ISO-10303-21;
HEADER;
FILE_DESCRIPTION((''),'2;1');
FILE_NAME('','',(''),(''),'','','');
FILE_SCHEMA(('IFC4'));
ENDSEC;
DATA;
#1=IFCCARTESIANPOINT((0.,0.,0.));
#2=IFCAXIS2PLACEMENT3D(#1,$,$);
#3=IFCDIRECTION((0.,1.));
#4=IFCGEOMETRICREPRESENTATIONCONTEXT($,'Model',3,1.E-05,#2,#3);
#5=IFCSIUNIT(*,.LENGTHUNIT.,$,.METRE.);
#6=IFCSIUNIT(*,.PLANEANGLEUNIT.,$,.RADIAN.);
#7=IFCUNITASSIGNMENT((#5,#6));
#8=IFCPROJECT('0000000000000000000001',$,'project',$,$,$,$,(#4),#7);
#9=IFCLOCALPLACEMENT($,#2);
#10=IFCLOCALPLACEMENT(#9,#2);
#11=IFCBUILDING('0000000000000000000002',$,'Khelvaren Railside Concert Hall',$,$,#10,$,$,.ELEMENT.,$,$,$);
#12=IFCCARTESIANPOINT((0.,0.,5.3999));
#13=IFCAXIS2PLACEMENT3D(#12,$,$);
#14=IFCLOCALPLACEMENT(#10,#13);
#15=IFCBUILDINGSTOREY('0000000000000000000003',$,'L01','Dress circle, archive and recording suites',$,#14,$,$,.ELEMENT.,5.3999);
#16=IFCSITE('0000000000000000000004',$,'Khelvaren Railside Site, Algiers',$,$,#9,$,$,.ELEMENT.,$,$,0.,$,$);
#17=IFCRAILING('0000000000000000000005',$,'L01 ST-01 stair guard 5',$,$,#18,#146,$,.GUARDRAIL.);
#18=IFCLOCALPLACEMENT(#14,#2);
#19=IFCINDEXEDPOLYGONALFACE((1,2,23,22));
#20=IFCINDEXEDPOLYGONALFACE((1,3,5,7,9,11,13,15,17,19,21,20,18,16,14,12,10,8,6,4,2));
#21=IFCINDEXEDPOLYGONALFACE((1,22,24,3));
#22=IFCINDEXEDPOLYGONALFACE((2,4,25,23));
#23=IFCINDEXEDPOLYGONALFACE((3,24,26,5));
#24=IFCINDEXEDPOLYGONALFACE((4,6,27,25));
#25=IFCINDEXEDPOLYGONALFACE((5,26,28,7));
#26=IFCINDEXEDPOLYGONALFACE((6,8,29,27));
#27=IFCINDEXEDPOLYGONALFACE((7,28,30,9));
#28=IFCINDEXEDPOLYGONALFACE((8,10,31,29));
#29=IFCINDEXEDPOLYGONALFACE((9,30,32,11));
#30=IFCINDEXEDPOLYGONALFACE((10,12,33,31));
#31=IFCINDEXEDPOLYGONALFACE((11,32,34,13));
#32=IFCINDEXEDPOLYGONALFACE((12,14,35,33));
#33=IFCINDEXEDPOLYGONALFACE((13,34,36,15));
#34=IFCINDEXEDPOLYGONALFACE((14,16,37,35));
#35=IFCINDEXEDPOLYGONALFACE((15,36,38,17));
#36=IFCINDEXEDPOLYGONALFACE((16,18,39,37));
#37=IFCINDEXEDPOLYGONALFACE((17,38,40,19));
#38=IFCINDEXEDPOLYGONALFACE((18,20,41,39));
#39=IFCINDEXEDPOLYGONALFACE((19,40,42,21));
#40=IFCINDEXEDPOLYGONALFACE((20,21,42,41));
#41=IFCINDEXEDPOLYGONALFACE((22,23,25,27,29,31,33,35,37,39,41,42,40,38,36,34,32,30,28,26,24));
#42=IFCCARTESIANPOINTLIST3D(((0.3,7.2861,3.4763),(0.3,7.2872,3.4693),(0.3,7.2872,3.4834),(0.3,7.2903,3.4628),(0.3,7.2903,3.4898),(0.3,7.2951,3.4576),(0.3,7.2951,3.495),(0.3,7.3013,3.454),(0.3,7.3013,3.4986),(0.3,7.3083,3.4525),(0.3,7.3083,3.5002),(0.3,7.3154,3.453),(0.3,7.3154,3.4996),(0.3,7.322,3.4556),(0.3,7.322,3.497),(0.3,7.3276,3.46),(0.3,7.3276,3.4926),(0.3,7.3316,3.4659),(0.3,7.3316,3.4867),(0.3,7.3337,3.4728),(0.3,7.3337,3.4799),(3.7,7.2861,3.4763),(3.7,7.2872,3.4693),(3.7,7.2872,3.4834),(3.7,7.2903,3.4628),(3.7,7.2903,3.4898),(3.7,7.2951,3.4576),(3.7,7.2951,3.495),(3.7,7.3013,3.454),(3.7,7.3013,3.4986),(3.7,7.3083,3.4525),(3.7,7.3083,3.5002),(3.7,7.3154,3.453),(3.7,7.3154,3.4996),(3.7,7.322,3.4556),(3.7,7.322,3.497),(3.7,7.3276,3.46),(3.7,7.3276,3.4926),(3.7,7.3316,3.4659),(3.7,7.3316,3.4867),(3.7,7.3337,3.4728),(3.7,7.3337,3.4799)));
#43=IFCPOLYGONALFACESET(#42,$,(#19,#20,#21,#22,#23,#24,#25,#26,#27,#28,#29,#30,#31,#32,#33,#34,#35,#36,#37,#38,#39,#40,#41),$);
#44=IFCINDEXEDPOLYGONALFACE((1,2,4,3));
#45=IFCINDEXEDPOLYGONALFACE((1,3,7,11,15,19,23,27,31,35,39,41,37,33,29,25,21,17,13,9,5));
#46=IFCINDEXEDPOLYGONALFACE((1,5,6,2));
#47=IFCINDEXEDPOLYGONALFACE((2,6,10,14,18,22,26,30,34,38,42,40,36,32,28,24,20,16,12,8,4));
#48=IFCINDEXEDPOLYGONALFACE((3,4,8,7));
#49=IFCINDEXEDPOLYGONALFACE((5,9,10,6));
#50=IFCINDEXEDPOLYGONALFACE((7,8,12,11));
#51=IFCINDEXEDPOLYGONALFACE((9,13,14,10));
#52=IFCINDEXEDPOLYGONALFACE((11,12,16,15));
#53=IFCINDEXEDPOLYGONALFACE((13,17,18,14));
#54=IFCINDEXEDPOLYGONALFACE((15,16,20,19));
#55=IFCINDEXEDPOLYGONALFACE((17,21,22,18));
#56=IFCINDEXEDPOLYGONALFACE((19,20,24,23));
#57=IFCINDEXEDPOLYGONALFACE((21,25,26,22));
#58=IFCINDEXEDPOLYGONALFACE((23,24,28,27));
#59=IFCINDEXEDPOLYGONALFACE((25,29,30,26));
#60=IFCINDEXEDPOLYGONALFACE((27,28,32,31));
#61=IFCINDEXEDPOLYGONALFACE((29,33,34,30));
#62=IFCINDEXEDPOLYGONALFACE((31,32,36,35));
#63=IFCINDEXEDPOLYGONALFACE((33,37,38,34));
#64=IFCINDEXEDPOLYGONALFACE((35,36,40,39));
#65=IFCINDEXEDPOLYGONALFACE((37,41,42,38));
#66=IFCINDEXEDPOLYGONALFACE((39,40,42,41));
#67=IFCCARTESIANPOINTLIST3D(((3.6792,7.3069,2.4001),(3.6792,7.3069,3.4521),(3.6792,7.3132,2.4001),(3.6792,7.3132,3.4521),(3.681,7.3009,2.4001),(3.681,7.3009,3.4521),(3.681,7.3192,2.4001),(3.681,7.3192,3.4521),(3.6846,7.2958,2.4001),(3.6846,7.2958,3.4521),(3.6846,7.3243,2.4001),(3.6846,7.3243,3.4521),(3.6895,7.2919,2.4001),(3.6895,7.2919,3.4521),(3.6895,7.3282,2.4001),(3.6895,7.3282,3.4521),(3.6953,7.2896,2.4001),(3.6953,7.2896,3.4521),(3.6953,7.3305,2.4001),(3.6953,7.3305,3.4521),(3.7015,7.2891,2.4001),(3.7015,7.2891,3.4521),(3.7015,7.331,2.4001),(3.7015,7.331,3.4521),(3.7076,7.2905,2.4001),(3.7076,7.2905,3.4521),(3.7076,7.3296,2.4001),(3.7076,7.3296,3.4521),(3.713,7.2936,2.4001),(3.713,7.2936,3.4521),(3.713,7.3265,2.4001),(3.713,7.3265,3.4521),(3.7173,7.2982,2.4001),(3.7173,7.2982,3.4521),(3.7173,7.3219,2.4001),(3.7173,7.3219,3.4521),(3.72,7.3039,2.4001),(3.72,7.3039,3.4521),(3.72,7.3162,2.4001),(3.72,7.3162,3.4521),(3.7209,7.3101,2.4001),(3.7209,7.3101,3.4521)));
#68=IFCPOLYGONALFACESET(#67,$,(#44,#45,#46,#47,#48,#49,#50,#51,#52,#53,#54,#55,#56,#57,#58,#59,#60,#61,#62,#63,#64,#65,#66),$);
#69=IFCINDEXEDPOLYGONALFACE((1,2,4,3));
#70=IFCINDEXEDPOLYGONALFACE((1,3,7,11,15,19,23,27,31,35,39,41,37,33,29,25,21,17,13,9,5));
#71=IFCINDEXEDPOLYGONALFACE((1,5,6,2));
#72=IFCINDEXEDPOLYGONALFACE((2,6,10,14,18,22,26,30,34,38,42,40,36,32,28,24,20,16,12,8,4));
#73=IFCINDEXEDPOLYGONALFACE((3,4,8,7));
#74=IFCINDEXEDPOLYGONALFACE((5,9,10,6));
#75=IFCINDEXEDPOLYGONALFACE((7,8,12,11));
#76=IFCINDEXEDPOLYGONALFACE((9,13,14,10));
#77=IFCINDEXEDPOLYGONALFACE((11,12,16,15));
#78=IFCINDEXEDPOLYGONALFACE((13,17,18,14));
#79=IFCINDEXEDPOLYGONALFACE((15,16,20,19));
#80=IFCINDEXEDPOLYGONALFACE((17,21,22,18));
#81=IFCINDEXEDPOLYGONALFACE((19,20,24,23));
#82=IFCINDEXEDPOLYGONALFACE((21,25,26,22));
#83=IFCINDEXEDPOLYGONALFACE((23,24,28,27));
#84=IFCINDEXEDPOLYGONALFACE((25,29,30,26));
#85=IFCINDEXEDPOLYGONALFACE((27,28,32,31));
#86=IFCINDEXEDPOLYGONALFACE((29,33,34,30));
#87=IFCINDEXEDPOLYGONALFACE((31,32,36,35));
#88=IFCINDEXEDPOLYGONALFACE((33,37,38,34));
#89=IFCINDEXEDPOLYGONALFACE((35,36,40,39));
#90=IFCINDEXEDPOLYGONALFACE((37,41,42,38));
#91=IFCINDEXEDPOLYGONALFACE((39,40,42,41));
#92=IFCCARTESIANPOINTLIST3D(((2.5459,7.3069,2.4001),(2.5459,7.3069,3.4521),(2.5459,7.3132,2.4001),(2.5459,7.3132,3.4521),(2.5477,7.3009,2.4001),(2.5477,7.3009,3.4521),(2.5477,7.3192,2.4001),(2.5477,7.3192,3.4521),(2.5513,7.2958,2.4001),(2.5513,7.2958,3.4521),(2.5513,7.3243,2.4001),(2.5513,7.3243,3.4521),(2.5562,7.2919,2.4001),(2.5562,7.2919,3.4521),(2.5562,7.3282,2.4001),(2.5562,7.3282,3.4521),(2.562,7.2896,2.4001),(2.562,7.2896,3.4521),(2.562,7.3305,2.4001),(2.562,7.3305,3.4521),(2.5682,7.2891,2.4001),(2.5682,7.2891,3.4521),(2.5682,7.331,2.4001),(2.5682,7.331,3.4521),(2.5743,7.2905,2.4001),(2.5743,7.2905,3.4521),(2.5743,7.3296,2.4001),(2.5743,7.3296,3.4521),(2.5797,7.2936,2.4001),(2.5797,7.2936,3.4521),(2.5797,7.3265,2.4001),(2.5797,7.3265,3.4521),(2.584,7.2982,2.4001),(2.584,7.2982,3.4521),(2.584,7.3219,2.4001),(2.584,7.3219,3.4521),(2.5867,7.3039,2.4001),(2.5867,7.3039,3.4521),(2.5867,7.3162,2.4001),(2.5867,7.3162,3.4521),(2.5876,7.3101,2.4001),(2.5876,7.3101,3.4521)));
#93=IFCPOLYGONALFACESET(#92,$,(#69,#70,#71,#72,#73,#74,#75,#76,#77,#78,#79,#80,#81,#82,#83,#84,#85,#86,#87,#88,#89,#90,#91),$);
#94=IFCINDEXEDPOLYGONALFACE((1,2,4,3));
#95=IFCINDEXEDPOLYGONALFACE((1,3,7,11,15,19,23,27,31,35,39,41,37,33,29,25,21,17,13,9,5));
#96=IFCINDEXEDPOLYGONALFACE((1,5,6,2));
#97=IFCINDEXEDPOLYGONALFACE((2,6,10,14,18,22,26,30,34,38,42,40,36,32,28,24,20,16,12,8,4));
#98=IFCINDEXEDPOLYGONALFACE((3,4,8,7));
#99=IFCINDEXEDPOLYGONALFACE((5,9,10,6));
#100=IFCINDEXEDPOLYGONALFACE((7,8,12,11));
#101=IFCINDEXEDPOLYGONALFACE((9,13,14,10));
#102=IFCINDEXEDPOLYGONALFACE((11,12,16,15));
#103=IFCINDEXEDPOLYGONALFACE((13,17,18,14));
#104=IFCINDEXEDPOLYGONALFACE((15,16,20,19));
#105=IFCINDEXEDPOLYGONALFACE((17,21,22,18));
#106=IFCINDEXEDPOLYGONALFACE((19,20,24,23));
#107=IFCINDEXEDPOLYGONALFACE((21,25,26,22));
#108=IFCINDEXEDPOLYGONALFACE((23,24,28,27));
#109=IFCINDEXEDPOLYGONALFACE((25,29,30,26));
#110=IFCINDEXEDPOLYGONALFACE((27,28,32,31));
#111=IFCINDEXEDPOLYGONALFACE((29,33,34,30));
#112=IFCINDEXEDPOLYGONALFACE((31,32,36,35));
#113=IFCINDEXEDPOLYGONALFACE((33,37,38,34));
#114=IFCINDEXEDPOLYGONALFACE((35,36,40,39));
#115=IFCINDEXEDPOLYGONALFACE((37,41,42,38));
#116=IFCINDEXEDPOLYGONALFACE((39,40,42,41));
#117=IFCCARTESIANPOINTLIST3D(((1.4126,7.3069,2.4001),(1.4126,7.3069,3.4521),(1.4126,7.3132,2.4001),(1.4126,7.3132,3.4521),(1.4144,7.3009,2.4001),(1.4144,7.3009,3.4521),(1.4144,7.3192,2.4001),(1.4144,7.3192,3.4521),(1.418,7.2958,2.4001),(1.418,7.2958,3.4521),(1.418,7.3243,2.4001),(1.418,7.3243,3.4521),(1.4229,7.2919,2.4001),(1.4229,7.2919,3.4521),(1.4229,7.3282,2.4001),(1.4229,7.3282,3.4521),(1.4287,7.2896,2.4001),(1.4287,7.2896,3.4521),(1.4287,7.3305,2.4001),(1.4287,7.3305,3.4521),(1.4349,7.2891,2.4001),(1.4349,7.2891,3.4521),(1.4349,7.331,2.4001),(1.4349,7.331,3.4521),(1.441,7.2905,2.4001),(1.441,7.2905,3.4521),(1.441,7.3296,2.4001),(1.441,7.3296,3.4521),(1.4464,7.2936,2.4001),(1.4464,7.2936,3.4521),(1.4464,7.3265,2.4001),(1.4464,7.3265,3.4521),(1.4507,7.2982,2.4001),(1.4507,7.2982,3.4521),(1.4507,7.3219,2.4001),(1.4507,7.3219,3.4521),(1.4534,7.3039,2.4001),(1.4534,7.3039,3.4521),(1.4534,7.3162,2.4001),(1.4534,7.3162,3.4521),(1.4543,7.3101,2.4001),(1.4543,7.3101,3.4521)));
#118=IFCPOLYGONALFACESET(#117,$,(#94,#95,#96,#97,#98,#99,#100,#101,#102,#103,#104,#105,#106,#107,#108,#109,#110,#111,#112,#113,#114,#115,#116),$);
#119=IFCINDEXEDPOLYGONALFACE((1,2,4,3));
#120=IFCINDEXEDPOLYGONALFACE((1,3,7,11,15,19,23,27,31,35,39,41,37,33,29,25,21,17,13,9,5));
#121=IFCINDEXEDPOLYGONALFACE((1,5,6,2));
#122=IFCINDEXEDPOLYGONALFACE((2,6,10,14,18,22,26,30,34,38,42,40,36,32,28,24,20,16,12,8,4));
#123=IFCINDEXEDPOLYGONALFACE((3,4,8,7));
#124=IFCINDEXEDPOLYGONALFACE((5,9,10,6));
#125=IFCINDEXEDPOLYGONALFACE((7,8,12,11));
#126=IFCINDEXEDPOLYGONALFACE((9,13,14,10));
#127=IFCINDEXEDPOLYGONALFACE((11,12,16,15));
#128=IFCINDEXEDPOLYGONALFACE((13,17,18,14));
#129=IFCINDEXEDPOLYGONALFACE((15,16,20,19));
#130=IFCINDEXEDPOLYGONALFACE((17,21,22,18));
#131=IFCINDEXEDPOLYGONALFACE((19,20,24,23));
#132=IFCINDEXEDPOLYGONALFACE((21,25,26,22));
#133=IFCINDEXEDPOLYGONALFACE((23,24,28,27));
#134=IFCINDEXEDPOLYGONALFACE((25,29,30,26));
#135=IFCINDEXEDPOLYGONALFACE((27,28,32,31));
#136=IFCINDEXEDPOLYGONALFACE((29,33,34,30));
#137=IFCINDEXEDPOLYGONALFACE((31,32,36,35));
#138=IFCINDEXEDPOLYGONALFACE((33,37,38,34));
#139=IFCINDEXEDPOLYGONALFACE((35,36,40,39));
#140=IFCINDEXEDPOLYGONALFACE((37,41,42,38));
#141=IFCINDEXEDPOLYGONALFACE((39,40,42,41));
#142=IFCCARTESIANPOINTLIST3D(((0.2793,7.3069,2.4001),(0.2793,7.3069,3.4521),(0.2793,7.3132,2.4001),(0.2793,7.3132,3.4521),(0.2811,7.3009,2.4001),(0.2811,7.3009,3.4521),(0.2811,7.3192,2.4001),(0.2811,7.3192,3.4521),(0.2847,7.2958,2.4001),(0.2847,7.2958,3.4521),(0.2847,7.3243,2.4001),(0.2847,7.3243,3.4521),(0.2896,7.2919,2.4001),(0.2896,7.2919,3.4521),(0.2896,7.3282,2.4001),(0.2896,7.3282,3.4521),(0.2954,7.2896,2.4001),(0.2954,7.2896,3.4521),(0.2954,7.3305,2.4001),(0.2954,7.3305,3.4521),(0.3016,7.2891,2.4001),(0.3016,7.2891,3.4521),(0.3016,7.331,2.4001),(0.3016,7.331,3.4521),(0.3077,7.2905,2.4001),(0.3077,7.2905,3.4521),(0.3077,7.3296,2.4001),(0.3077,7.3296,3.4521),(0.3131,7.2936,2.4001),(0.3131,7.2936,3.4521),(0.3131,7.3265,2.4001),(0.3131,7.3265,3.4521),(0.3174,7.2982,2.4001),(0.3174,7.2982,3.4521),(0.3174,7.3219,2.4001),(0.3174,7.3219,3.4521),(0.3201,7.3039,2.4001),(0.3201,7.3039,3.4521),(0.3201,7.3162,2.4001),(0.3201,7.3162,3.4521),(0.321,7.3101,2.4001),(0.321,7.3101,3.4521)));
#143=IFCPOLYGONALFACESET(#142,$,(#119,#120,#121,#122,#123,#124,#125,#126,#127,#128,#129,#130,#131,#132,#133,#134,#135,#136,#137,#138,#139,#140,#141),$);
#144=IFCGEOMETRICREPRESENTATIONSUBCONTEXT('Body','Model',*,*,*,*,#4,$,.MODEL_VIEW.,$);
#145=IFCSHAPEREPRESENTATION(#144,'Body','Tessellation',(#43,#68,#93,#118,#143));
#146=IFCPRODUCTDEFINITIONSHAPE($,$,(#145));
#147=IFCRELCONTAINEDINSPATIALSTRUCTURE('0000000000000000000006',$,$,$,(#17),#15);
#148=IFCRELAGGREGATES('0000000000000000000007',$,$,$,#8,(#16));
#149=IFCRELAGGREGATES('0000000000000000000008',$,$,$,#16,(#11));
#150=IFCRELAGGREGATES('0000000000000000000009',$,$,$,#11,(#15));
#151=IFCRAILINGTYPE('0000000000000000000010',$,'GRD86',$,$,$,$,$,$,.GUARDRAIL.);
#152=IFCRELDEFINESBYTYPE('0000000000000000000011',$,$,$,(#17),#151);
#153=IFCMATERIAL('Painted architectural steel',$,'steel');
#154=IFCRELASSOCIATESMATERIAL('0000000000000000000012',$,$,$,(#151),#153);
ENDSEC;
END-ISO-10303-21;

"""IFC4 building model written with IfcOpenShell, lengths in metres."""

from ifc_helpers import new_model, si_unit, direction, frame, origin, origin_2d, place, context, subcontext, project, spatial, circle, extrude, material, type_object, element, save


model = new_model("IFC4")

# Units and contexts
model_context = context("Model", 3, precision=1e-05, world=origin(), true_north=direction((0.0, 1.0)))
body_context = subcontext(model_context, "Body", "Model", "MODEL_VIEW")
ifc_project = project(units=[si_unit("LENGTHUNIT", "METRE"), si_unit("PLANEANGLEUNIT", "RADIAN")], contexts=[model_context])

# Site, building, storey
site_placement = place(None, origin())
site = spatial("IfcSite", under=ifc_project, at=site_placement, Name="Khelvaren Railside Site, Algiers", CompositionType="ELEMENT", RefElevation=0.0)
building_placement = place(site_placement, origin())
building = spatial("IfcBuilding", under=site, at=building_placement, Name="Khelvaren Railside Concert Hall", CompositionType="ELEMENT")
storey_placement = place(building_placement, frame((0.0, 0.0, 5.3999)))
storey = spatial("IfcBuildingStorey", under=building, at=storey_placement, Name="L01", Description="Dress circle, archive and recording suites", CompositionType="ELEMENT", Elevation=5.3999)

# Railing
ifc_material_1 = material(Name="Painted architectural steel", Category="steel")
railing_type_1 = type_object("IfcRailingType", Name="GRD86", PredefinedType="GUARDRAIL", material=ifc_material_1)
railing_1_placement = place(storey_placement, frame((3.7, 7.3101, 2.4001)))
element("IfcRailing", 1, at=railing_1_placement, inside=storey, type_object=railing_type_1, Name="L01 ST-01 stair guard 5", PredefinedType="GUARDRAIL", context=body_context, shape_type="SweptSolid", body=[
    extrude(circle(Radius=0.0239, at=origin_2d()), frame((0.0, 0.0, 1.0762), z_axis=(-1.0, 0.0, 0.0), x_axis=(0.0, -1.0, 0.0)), (0.0, 0.0, 1.0), 3.3999),
    extrude(circle(Radius=0.021, at=origin_2d()), origin(), (0.0, 0.0, 1.0), 1.052),
    extrude(circle(Radius=0.021, at=origin_2d()), frame((-1.1333, 0.0, 0.0)), (0.0, 0.0, 1.0), 1.052),
    extrude(circle(Radius=0.021, at=origin_2d()), frame((-2.2666, 0.0, 0.0)), (0.0, 0.0, 1.0), 1.052),
    extrude(circle(Radius=0.021, at=origin_2d()), frame((-3.3999, 0.0, 0.0)), (0.0, 0.0, 1.0), 1.052),
])

save(model, "model.ifc")
